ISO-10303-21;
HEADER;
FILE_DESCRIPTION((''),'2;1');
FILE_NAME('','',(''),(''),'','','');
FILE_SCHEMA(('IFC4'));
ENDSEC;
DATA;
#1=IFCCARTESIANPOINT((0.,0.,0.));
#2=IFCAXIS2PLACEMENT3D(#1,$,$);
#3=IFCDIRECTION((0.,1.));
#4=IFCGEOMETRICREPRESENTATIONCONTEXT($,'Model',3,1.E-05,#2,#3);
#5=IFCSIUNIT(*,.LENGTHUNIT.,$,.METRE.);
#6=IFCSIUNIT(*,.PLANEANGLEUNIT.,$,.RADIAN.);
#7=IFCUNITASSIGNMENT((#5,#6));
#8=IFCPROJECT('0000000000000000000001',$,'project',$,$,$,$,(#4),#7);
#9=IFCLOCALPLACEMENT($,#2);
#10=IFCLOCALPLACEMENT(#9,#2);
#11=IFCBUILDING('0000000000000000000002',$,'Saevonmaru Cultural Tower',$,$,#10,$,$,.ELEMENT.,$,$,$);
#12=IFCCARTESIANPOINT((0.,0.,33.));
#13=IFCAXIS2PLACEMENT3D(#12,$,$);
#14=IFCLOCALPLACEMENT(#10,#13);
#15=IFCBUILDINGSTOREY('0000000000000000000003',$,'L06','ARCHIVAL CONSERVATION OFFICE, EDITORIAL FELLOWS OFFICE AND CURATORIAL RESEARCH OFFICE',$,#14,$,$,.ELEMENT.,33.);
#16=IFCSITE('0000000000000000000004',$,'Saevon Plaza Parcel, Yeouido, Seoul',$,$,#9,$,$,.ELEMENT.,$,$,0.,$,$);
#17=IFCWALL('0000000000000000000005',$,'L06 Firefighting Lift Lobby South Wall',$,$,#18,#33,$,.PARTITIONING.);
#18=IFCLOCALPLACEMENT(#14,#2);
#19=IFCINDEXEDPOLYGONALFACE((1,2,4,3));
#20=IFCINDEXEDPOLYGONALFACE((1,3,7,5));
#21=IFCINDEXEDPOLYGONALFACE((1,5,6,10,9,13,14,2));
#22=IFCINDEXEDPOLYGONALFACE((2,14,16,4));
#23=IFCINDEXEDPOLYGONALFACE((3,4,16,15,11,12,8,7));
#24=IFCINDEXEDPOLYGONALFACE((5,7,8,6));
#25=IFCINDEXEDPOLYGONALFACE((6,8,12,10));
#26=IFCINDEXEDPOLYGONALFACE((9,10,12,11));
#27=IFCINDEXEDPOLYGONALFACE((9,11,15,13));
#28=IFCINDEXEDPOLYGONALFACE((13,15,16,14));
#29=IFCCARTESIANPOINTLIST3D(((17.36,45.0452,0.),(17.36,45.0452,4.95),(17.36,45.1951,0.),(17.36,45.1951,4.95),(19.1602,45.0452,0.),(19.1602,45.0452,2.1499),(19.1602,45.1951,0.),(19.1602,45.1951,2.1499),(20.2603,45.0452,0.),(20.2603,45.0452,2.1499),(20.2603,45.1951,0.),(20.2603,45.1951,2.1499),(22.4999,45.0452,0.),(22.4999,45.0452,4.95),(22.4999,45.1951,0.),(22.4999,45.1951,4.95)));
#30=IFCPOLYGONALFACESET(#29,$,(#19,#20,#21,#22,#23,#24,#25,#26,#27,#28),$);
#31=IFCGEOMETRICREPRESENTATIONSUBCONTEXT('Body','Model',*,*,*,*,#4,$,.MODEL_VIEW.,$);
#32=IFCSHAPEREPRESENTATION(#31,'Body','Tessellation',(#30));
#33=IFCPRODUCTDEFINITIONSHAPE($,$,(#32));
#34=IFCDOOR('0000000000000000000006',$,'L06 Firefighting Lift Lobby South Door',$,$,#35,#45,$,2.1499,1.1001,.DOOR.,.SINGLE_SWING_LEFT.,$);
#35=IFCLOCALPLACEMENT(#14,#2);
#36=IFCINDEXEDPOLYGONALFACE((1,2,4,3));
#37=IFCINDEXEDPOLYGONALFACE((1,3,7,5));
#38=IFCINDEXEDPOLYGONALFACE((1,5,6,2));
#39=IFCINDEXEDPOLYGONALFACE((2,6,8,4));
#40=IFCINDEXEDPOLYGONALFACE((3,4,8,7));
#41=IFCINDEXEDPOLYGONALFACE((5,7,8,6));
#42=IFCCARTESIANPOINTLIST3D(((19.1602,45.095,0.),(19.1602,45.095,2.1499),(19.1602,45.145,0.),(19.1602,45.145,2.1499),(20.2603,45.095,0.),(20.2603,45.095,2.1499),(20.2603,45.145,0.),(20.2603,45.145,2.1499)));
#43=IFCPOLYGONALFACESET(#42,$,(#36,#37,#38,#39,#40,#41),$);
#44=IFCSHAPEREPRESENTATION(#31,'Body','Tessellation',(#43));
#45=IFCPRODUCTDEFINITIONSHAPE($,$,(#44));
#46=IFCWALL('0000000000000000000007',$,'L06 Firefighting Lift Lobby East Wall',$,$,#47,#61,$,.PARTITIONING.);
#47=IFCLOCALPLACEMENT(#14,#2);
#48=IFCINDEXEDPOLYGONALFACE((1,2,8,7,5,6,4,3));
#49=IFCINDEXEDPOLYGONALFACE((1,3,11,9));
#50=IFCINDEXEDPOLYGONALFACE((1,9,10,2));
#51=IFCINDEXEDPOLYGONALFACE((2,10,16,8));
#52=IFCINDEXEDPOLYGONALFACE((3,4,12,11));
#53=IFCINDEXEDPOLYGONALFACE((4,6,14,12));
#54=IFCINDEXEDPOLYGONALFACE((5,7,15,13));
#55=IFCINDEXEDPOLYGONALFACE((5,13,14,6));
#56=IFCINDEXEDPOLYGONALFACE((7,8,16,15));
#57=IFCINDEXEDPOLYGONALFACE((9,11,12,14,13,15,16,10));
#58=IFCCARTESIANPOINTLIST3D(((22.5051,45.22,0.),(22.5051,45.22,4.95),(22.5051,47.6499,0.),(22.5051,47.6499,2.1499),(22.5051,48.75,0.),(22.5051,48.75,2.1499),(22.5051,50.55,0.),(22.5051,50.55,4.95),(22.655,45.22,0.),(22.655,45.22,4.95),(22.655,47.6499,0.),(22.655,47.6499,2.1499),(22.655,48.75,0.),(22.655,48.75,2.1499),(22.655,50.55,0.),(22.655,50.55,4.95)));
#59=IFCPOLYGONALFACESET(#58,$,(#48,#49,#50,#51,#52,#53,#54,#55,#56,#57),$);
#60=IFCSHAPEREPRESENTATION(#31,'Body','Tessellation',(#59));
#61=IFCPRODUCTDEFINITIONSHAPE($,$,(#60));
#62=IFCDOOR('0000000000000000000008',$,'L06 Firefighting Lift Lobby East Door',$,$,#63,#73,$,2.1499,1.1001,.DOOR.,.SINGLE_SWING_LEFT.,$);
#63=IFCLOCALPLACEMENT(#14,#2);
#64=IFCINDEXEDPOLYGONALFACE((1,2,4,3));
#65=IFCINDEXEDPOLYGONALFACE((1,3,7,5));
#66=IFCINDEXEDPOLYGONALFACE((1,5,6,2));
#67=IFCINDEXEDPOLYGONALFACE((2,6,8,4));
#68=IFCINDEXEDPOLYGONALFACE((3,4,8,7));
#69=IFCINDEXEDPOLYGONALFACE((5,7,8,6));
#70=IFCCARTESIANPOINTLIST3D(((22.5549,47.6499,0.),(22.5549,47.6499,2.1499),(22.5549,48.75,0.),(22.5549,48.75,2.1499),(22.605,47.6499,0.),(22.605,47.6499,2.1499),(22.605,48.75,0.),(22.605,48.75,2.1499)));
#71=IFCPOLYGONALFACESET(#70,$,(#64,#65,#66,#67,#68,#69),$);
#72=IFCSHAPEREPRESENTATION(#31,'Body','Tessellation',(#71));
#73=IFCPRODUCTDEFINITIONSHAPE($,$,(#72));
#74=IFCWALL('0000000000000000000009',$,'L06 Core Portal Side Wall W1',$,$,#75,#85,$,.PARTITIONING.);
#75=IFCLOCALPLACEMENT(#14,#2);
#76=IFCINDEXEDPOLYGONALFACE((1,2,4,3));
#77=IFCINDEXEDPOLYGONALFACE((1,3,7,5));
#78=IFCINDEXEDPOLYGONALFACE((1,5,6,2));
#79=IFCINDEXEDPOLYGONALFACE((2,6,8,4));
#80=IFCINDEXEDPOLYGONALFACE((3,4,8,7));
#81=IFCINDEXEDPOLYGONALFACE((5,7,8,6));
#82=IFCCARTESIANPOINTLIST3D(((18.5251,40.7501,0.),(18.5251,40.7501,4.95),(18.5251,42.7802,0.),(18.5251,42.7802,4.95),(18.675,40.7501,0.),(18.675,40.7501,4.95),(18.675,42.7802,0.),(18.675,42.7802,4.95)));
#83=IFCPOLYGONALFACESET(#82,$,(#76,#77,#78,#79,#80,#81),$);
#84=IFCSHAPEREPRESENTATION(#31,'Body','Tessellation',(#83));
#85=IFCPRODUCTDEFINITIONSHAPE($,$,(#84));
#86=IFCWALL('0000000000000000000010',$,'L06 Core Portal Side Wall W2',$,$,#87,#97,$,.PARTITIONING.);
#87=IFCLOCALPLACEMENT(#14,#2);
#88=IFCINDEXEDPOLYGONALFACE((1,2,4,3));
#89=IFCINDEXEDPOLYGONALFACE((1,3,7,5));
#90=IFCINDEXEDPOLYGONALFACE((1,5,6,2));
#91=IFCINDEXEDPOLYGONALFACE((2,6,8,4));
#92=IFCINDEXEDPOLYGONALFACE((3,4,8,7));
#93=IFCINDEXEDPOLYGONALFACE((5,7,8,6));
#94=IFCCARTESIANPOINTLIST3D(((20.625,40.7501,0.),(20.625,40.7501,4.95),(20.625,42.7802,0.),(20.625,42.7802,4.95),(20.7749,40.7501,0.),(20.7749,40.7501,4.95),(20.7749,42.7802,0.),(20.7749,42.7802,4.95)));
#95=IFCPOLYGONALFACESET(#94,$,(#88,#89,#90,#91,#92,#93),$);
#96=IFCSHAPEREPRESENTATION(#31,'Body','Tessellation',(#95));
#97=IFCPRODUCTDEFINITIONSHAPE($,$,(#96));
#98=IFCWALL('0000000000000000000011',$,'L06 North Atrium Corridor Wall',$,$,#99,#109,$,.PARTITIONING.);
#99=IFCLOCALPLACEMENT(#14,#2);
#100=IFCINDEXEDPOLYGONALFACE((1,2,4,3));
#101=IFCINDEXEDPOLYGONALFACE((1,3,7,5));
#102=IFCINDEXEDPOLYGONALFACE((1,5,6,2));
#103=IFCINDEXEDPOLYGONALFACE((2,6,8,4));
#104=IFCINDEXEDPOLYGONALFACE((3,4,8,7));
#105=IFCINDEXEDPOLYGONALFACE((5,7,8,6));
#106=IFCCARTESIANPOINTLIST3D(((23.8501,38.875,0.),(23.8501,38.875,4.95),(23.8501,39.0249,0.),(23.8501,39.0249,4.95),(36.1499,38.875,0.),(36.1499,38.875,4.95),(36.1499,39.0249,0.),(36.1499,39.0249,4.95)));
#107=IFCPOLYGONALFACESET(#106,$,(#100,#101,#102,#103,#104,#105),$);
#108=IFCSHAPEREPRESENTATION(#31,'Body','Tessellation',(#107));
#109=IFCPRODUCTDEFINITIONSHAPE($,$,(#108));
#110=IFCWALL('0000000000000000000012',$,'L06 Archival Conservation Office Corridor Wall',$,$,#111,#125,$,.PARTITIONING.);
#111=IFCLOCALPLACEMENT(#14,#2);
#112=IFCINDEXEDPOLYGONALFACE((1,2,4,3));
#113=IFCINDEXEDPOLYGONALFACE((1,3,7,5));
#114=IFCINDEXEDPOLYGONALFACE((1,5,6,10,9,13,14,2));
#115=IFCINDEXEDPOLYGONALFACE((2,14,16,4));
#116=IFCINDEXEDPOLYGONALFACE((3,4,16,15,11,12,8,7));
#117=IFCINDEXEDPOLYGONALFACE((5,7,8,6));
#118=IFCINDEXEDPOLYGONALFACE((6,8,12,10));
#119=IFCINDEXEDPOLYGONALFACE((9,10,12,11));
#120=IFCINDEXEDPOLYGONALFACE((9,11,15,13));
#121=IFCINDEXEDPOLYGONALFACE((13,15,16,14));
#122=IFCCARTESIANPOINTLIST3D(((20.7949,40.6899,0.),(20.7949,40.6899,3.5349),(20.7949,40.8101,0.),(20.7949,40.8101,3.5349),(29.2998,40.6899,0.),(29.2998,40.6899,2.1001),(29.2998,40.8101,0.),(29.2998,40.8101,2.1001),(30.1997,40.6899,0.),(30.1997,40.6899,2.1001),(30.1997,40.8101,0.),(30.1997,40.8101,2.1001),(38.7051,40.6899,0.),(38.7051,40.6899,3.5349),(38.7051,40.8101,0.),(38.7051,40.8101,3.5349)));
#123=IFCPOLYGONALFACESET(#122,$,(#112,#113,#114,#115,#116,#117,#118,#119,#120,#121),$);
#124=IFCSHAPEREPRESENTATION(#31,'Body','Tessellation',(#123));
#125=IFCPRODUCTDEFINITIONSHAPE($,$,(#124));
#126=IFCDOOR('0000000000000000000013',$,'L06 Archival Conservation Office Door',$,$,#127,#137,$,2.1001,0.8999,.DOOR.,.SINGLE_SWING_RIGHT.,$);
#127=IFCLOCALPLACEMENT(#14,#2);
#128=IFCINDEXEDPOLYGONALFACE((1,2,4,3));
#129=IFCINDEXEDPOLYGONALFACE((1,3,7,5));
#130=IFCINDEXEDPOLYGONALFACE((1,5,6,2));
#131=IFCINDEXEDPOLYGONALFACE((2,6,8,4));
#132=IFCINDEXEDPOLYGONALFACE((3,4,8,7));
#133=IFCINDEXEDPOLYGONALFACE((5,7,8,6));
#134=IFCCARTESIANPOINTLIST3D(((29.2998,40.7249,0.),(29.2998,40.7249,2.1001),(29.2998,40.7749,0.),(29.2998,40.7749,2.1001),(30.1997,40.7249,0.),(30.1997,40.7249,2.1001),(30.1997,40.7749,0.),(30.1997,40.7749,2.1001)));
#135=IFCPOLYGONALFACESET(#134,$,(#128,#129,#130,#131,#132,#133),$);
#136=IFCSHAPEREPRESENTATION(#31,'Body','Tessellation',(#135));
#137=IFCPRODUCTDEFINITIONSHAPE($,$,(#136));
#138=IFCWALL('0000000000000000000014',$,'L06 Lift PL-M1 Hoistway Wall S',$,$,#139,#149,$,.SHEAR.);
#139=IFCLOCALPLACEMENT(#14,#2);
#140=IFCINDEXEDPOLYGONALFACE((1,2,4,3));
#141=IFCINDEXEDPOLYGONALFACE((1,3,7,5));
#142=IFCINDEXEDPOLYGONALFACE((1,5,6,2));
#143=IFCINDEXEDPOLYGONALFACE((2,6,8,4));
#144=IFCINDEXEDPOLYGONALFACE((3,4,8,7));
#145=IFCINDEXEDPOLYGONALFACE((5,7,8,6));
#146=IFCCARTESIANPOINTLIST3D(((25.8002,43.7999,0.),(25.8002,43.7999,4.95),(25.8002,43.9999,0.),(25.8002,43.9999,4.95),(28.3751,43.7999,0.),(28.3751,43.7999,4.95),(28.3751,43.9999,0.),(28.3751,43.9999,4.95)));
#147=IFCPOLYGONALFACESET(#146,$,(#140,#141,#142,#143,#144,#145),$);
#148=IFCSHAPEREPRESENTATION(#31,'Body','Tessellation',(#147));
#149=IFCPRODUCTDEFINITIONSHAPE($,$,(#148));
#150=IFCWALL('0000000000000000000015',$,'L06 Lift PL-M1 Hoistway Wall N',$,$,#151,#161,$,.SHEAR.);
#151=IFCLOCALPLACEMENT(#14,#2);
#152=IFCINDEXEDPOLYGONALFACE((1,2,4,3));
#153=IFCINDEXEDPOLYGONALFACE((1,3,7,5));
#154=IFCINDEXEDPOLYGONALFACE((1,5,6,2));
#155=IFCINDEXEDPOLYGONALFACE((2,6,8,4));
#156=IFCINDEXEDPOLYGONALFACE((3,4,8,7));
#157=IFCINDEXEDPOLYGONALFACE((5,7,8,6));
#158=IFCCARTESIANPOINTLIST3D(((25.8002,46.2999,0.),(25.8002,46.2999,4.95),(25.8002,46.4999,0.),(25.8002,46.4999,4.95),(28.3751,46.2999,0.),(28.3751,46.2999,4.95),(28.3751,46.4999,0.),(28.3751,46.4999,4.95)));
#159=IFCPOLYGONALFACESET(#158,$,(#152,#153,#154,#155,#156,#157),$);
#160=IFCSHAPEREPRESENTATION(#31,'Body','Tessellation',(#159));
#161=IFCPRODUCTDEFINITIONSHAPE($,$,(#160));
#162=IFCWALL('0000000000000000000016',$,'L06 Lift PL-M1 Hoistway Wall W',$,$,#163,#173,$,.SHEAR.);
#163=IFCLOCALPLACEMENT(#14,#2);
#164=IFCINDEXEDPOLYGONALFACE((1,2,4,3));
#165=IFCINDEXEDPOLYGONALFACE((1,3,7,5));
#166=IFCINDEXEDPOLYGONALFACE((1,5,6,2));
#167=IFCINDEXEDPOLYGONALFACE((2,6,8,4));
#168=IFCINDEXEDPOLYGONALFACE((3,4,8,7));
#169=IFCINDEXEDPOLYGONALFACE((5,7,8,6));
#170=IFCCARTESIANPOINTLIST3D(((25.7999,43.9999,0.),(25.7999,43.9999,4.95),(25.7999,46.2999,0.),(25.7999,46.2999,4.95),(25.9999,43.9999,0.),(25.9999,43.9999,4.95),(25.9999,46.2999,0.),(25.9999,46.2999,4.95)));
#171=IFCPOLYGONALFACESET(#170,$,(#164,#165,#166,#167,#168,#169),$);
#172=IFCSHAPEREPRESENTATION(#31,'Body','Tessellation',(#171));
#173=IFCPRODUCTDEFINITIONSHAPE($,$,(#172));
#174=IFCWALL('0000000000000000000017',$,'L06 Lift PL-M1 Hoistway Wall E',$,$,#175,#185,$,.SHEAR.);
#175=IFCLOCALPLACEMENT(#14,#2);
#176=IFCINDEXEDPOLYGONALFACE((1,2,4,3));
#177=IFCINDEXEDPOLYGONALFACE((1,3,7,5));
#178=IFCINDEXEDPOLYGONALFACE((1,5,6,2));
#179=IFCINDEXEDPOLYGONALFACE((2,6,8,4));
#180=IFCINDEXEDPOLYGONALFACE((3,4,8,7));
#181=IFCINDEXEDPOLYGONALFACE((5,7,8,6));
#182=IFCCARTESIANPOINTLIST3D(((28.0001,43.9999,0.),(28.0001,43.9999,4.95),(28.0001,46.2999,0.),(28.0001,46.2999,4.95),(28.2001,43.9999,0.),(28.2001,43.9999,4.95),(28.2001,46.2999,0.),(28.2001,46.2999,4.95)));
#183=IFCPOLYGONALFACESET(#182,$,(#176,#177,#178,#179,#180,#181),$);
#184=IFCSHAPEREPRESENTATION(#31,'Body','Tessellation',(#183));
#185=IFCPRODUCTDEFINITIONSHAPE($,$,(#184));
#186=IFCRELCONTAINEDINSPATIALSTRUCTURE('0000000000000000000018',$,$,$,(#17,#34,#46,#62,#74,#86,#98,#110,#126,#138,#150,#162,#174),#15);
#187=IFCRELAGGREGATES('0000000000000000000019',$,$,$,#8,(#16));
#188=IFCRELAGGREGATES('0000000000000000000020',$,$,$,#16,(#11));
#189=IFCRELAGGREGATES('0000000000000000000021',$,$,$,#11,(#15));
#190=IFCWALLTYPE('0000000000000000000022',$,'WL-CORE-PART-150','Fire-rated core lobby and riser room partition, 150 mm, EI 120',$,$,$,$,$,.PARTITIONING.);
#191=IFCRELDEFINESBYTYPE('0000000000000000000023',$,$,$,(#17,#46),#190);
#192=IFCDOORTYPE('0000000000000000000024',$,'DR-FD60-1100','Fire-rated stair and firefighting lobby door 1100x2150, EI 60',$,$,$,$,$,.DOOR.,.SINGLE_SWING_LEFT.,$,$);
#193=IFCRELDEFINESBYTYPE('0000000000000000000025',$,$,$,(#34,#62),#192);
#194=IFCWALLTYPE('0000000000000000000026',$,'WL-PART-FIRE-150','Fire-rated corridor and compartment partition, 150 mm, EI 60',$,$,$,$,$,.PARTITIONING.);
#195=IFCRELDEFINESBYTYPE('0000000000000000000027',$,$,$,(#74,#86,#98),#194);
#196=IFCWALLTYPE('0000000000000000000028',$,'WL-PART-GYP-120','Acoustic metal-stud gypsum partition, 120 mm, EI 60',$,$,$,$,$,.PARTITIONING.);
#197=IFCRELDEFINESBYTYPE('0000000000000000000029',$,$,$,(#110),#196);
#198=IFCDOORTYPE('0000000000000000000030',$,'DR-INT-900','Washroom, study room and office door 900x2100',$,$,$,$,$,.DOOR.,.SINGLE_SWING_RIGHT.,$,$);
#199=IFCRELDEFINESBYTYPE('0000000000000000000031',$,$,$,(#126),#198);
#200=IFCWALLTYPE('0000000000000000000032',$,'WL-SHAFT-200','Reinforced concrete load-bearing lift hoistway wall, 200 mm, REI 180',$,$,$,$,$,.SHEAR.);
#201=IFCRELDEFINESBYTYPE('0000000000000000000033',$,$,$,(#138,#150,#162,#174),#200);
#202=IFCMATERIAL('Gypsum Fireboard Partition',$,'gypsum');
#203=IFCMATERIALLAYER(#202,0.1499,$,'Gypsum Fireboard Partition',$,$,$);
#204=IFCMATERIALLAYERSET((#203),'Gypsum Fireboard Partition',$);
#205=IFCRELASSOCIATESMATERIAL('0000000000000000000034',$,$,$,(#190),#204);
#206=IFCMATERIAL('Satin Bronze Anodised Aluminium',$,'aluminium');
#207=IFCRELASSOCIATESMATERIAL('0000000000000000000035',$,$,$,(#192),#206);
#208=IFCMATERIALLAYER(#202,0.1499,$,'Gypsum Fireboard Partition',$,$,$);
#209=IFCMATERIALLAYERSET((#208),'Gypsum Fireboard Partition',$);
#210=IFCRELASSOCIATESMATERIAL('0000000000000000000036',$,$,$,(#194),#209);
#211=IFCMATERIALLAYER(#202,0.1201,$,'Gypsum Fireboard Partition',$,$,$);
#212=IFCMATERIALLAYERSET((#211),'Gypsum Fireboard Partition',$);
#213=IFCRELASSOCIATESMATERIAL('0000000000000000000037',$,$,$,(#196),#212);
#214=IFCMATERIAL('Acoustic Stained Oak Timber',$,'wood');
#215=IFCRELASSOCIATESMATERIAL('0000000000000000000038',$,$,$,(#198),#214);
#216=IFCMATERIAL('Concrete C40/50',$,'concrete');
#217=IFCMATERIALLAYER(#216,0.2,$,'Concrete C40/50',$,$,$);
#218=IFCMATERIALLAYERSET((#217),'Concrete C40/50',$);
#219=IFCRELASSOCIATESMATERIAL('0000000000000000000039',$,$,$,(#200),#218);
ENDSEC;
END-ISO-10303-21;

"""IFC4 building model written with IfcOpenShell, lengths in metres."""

from ifc_helpers import new_model, si_unit, direction, frame, frame_2d, origin, place, context, subcontext, project, spatial, rectangle, extrude, material, layer, layer_set, type_object, element, fill, save


model = new_model("IFC4")

# Units and contexts
model_context = context("Model", 3, precision=1e-05, world=origin(), true_north=direction((0.0, 1.0)))
body_context = subcontext(model_context, "Body", "Model", "MODEL_VIEW")
ifc_project = project(units=[si_unit("LENGTHUNIT", "METRE"), si_unit("PLANEANGLEUNIT", "RADIAN")], contexts=[model_context])

# Site, building, storey
site_placement = place(None, origin())
site = spatial("IfcSite", under=ifc_project, at=site_placement, Name="Saevon Plaza Parcel, Yeouido, Seoul", CompositionType="ELEMENT", RefElevation=0.0)
building_placement = place(site_placement, origin())
building = spatial("IfcBuilding", under=site, at=building_placement, Name="Saevonmaru Cultural Tower", CompositionType="ELEMENT")
storey_placement = place(building_placement, frame((0.0, 0.0, 33.0)))
storey = spatial("IfcBuildingStorey", under=building, at=storey_placement, Name="L06", Description="ARCHIVAL CONSERVATION OFFICE, EDITORIAL FELLOWS OFFICE AND CURATORIAL RESEARCH OFFICE", CompositionType="ELEMENT", Elevation=33.0)

# Shared definitions
ifc_material_1 = material(Name="Satin Bronze Anodised Aluminium", Category="aluminium")

# Walls, openings, doors
ifc_material_2 = material(Name="Gypsum Fireboard Partition", Category="gypsum")
ifc_layer_1 = layer(ifc_material_2, 0.1499, Name="Gypsum Fireboard Partition")
ifc_layer_set_1 = layer_set([ifc_layer_1], Name="Gypsum Fireboard Partition")
wall_type_1 = type_object("IfcWallType", Name="WL-CORE-PART-150", Description="Fire-rated core lobby and riser room partition, 150 mm, EI 120", PredefinedType="PARTITIONING", material=ifc_layer_set_1)
wall_1_placement = place(storey_placement, frame((17.3601, 45.1201, 0.0), z_axis=(0.0, 0.0, 1.0), x_axis=(1.0, 0.0, 0.0)))
wall_1 = element("IfcWall", 1, at=wall_1_placement, inside=storey, type_object=wall_type_1, Name="L06 Firefighting Lift Lobby South Wall", PredefinedType="PARTITIONING", context=body_context, shape_type="SweptSolid", body=[
    extrude(rectangle(XDim=5.1399, YDim=0.1499, at=frame_2d((2.5698, 0.0))), origin(), (0.0, 0.0, 1.0), 4.95),
])
opening_1_placement = place(wall_1_placement, frame((1.8, 0.0, 0.0)))
opening_1 = element("IfcOpeningElement", 2, at=opening_1_placement, cuts=wall_1, PredefinedType="OPENING", context=body_context, shape_type="SweptSolid", body=[
    extrude(rectangle(XDim=1.1001, YDim=2.1499, at=frame_2d((0.55, 1.075))), frame((0.0, 0.085, 0.0), z_axis=(0.0, -1.0, 0.0), x_axis=(1.0, 0.0, 0.0)), (0.0, 0.0, 1.0), 0.1699),
])
door_type_1 = type_object("IfcDoorType", Name="DR-FD60-1100", Description="Fire-rated stair and firefighting lobby door 1100x2150, EI 60", OperationType="SINGLE_SWING_LEFT", PredefinedType="DOOR", material=ifc_material_1)
door_1_placement = place(opening_1_placement, origin())
door_1 = element("IfcDoor", 3, at=door_1_placement, inside=storey, type_object=door_type_1, Name="L06 Firefighting Lift Lobby South Door", OperationType="SINGLE_SWING_LEFT", OverallHeight=2.1499, OverallWidth=1.1001, PredefinedType="DOOR", context=body_context, shape_type="SweptSolid", body=[
    extrude(rectangle(XDim=1.1001, YDim=2.1499, at=frame_2d((0.55, 1.075))), frame((0.0, 0.0249, 0.0), z_axis=(0.0, -1.0, 0.0), x_axis=(1.0, 0.0, 0.0)), (0.0, 0.0, 1.0), 0.05),
])
fill(opening_1, door_1)
wall_2_placement = place(storey_placement, frame((22.5801, 50.55, 0.0), z_axis=(0.0, 0.0, 1.0), x_axis=(0.0, -1.0, 0.0)))
wall_2 = element("IfcWall", 4, at=wall_2_placement, inside=storey, type_object=wall_type_1, Name="L06 Firefighting Lift Lobby East Wall", PredefinedType="PARTITIONING", context=body_context, shape_type="SweptSolid", body=[
    extrude(rectangle(XDim=5.3301, YDim=0.1499, at=frame_2d((2.665, 0.0))), origin(), (0.0, 0.0, 1.0), 4.95),
])
opening_2_placement = place(wall_2_placement, frame((1.8, 0.0, 0.0)))
opening_2 = element("IfcOpeningElement", 5, at=opening_2_placement, cuts=wall_2, PredefinedType="OPENING", context=body_context, shape_type="SweptSolid", body=[
    extrude(rectangle(XDim=1.1001, YDim=2.1499, at=frame_2d((0.55, 1.075))), frame((0.0, 0.085, 0.0), z_axis=(0.0, -1.0, 0.0), x_axis=(1.0, 0.0, 0.0)), (0.0, 0.0, 1.0), 0.1699),
])
door_2_placement = place(opening_2_placement, origin())
door_2 = element("IfcDoor", 6, at=door_2_placement, inside=storey, type_object=door_type_1, Name="L06 Firefighting Lift Lobby East Door", OperationType="SINGLE_SWING_LEFT", OverallHeight=2.1499, OverallWidth=1.1001, PredefinedType="DOOR", context=body_context, shape_type="SweptSolid", body=[
    extrude(rectangle(XDim=1.1001, YDim=2.1499, at=frame_2d((0.55, 1.075))), frame((0.0, 0.0249, 0.0), z_axis=(0.0, -1.0, 0.0), x_axis=(1.0, 0.0, 0.0)), (0.0, 0.0, 1.0), 0.05),
])
fill(opening_2, door_2)

# Walls
ifc_layer_2 = layer(ifc_material_2, 0.1499, Name="Gypsum Fireboard Partition")
ifc_layer_set_2 = layer_set([ifc_layer_2], Name="Gypsum Fireboard Partition")
wall_type_2 = type_object("IfcWallType", Name="WL-PART-FIRE-150", Description="Fire-rated corridor and compartment partition, 150 mm, EI 60", PredefinedType="PARTITIONING", material=ifc_layer_set_2)
for number, where, z_axis, x_axis, name in (
    (7, (18.6001, 40.75, 0.0), (0.0, 0.0, 1.0), (0.0, 1.0, 0.0), "L06 Core Portal Side Wall W1"),
    (8, (20.7, 40.75, 0.0), (0.0, 0.0, 1.0), (0.0, 1.0, 0.0), "L06 Core Portal Side Wall W2"),
):
    element("IfcWall", number, at=place(storey_placement, frame(where, z_axis=z_axis, x_axis=x_axis)), inside=storey, type_object=wall_type_2, Name=name, PredefinedType="PARTITIONING", context=body_context, shape_type="SweptSolid", body=[
        extrude(rectangle(XDim=2.03, YDim=0.1499, at=frame_2d((1.0151, 0.0))), origin(), (0.0, 0.0, 1.0), 4.95),
    ])
wall_3_placement = place(storey_placement, frame((23.8501, 38.95, 0.0), z_axis=(0.0, 0.0, 1.0), x_axis=(1.0, 0.0, 0.0)))
element("IfcWall", 9, at=wall_3_placement, inside=storey, type_object=wall_type_2, Name="L06 North Atrium Corridor Wall", PredefinedType="PARTITIONING", context=body_context, shape_type="SweptSolid", body=[
    extrude(rectangle(XDim=12.2998, YDim=0.1499, at=frame_2d((6.1499, 0.0))), origin(), (0.0, 0.0, 1.0), 4.95),
])

# Wall, opening, door
ifc_layer_3 = layer(ifc_material_2, 0.1201, Name="Gypsum Fireboard Partition")
ifc_layer_set_3 = layer_set([ifc_layer_3], Name="Gypsum Fireboard Partition")
wall_type_3 = type_object("IfcWallType", Name="WL-PART-GYP-120", Description="Acoustic metal-stud gypsum partition, 120 mm, EI 60", PredefinedType="PARTITIONING", material=ifc_layer_set_3)
wall_4_placement = place(storey_placement, frame((20.7949, 40.75, 0.0), z_axis=(0.0, 0.0, 1.0), x_axis=(1.0, 0.0, 0.0)))
wall_4 = element("IfcWall", 10, at=wall_4_placement, inside=storey, type_object=wall_type_3, Name="L06 Archival Conservation Office Corridor Wall", PredefinedType="PARTITIONING", context=body_context, shape_type="SweptSolid", body=[
    extrude(rectangle(XDim=17.9102, YDim=0.1201, at=frame_2d((8.9551, 0.0))), origin(), (0.0, 0.0, 1.0), 3.5349),
])
opening_3_placement = place(wall_4_placement, frame((8.5049, 0.0, 0.0)))
opening_3 = element("IfcOpeningElement", 11, at=opening_3_placement, cuts=wall_4, PredefinedType="OPENING", context=body_context, shape_type="SweptSolid", body=[
    extrude(rectangle(XDim=0.8999, YDim=2.1001, at=frame_2d((0.45, 1.05))), frame((0.0, 0.0701, 0.0), z_axis=(0.0, -1.0, 0.0), x_axis=(1.0, 0.0, 0.0)), (0.0, 0.0, 1.0), 0.1401),
])
ifc_material_3 = material(Name="Acoustic Stained Oak Timber", Category="wood")
door_type_2 = type_object("IfcDoorType", Name="DR-INT-900", Description="Washroom, study room and office door 900x2100", OperationType="SINGLE_SWING_RIGHT", PredefinedType="DOOR", material=ifc_material_3)
door_3_placement = place(opening_3_placement, origin())
door_3 = element("IfcDoor", 12, at=door_3_placement, inside=storey, type_object=door_type_2, Name="L06 Archival Conservation Office Door", OperationType="SINGLE_SWING_RIGHT", OverallHeight=2.1001, OverallWidth=0.8999, PredefinedType="DOOR", context=body_context, shape_type="SweptSolid", body=[
    extrude(rectangle(XDim=0.8999, YDim=2.1001, at=frame_2d((0.45, 1.05))), frame((0.0, 0.0249, 0.0), z_axis=(0.0, -1.0, 0.0), x_axis=(1.0, 0.0, 0.0)), (0.0, 0.0, 1.0), 0.05),
])
fill(opening_3, door_3)

# Walls
ifc_material_4 = material(Name="Concrete C40/50", Category="concrete")
ifc_layer_4 = layer(ifc_material_4, 0.2, Name="Concrete C40/50")
ifc_layer_set_4 = layer_set([ifc_layer_4], Name="Concrete C40/50")
wall_type_4 = type_object("IfcWallType", Name="WL-SHAFT-200", Description="Reinforced concrete load-bearing lift hoistway wall, 200 mm, REI 180", PredefinedType="SHEAR", material=ifc_layer_set_4)
for number, where, z_axis, x_axis, name in (
    (13, (25.8, 43.8999, 0.0), (0.0, 0.0, 1.0), (1.0, 0.0, 0.0), "L06 Lift PL-M1 Hoistway Wall S"),
    (14, (25.8, 46.3999, 0.0), (0.0, 0.0, 1.0), (1.0, 0.0, 0.0), "L06 Lift PL-M1 Hoistway Wall N"),
):
    element("IfcWall", number, at=place(storey_placement, frame(where, z_axis=z_axis, x_axis=x_axis)), inside=storey, type_object=wall_type_4, Name=name, PredefinedType="SHEAR", context=body_context, shape_type="SweptSolid", body=[
        extrude(rectangle(XDim=2.575, YDim=0.2, at=frame_2d((1.2876, 0.0))), origin(), (0.0, 0.0, 1.0), 4.95),
    ])
for number, where, z_axis, x_axis, name in (
    (15, (25.8999, 44.0, 0.0), (0.0, 0.0, 1.0), (0.0, 1.0, 0.0), "L06 Lift PL-M1 Hoistway Wall W"),
    (16, (28.1001, 44.0, 0.0), (0.0, 0.0, 1.0), (0.0, 1.0, 0.0), "L06 Lift PL-M1 Hoistway Wall E"),
):
    element("IfcWall", number, at=place(storey_placement, frame(where, z_axis=z_axis, x_axis=x_axis)), inside=storey, type_object=wall_type_4, Name=name, PredefinedType="SHEAR", context=body_context, shape_type="SweptSolid", body=[
        extrude(rectangle(XDim=2.3, YDim=0.2, at=frame_2d((1.1499, 0.0))), origin(), (0.0, 0.0, 1.0), 4.95),
    ])

save(model, "model.ifc")
